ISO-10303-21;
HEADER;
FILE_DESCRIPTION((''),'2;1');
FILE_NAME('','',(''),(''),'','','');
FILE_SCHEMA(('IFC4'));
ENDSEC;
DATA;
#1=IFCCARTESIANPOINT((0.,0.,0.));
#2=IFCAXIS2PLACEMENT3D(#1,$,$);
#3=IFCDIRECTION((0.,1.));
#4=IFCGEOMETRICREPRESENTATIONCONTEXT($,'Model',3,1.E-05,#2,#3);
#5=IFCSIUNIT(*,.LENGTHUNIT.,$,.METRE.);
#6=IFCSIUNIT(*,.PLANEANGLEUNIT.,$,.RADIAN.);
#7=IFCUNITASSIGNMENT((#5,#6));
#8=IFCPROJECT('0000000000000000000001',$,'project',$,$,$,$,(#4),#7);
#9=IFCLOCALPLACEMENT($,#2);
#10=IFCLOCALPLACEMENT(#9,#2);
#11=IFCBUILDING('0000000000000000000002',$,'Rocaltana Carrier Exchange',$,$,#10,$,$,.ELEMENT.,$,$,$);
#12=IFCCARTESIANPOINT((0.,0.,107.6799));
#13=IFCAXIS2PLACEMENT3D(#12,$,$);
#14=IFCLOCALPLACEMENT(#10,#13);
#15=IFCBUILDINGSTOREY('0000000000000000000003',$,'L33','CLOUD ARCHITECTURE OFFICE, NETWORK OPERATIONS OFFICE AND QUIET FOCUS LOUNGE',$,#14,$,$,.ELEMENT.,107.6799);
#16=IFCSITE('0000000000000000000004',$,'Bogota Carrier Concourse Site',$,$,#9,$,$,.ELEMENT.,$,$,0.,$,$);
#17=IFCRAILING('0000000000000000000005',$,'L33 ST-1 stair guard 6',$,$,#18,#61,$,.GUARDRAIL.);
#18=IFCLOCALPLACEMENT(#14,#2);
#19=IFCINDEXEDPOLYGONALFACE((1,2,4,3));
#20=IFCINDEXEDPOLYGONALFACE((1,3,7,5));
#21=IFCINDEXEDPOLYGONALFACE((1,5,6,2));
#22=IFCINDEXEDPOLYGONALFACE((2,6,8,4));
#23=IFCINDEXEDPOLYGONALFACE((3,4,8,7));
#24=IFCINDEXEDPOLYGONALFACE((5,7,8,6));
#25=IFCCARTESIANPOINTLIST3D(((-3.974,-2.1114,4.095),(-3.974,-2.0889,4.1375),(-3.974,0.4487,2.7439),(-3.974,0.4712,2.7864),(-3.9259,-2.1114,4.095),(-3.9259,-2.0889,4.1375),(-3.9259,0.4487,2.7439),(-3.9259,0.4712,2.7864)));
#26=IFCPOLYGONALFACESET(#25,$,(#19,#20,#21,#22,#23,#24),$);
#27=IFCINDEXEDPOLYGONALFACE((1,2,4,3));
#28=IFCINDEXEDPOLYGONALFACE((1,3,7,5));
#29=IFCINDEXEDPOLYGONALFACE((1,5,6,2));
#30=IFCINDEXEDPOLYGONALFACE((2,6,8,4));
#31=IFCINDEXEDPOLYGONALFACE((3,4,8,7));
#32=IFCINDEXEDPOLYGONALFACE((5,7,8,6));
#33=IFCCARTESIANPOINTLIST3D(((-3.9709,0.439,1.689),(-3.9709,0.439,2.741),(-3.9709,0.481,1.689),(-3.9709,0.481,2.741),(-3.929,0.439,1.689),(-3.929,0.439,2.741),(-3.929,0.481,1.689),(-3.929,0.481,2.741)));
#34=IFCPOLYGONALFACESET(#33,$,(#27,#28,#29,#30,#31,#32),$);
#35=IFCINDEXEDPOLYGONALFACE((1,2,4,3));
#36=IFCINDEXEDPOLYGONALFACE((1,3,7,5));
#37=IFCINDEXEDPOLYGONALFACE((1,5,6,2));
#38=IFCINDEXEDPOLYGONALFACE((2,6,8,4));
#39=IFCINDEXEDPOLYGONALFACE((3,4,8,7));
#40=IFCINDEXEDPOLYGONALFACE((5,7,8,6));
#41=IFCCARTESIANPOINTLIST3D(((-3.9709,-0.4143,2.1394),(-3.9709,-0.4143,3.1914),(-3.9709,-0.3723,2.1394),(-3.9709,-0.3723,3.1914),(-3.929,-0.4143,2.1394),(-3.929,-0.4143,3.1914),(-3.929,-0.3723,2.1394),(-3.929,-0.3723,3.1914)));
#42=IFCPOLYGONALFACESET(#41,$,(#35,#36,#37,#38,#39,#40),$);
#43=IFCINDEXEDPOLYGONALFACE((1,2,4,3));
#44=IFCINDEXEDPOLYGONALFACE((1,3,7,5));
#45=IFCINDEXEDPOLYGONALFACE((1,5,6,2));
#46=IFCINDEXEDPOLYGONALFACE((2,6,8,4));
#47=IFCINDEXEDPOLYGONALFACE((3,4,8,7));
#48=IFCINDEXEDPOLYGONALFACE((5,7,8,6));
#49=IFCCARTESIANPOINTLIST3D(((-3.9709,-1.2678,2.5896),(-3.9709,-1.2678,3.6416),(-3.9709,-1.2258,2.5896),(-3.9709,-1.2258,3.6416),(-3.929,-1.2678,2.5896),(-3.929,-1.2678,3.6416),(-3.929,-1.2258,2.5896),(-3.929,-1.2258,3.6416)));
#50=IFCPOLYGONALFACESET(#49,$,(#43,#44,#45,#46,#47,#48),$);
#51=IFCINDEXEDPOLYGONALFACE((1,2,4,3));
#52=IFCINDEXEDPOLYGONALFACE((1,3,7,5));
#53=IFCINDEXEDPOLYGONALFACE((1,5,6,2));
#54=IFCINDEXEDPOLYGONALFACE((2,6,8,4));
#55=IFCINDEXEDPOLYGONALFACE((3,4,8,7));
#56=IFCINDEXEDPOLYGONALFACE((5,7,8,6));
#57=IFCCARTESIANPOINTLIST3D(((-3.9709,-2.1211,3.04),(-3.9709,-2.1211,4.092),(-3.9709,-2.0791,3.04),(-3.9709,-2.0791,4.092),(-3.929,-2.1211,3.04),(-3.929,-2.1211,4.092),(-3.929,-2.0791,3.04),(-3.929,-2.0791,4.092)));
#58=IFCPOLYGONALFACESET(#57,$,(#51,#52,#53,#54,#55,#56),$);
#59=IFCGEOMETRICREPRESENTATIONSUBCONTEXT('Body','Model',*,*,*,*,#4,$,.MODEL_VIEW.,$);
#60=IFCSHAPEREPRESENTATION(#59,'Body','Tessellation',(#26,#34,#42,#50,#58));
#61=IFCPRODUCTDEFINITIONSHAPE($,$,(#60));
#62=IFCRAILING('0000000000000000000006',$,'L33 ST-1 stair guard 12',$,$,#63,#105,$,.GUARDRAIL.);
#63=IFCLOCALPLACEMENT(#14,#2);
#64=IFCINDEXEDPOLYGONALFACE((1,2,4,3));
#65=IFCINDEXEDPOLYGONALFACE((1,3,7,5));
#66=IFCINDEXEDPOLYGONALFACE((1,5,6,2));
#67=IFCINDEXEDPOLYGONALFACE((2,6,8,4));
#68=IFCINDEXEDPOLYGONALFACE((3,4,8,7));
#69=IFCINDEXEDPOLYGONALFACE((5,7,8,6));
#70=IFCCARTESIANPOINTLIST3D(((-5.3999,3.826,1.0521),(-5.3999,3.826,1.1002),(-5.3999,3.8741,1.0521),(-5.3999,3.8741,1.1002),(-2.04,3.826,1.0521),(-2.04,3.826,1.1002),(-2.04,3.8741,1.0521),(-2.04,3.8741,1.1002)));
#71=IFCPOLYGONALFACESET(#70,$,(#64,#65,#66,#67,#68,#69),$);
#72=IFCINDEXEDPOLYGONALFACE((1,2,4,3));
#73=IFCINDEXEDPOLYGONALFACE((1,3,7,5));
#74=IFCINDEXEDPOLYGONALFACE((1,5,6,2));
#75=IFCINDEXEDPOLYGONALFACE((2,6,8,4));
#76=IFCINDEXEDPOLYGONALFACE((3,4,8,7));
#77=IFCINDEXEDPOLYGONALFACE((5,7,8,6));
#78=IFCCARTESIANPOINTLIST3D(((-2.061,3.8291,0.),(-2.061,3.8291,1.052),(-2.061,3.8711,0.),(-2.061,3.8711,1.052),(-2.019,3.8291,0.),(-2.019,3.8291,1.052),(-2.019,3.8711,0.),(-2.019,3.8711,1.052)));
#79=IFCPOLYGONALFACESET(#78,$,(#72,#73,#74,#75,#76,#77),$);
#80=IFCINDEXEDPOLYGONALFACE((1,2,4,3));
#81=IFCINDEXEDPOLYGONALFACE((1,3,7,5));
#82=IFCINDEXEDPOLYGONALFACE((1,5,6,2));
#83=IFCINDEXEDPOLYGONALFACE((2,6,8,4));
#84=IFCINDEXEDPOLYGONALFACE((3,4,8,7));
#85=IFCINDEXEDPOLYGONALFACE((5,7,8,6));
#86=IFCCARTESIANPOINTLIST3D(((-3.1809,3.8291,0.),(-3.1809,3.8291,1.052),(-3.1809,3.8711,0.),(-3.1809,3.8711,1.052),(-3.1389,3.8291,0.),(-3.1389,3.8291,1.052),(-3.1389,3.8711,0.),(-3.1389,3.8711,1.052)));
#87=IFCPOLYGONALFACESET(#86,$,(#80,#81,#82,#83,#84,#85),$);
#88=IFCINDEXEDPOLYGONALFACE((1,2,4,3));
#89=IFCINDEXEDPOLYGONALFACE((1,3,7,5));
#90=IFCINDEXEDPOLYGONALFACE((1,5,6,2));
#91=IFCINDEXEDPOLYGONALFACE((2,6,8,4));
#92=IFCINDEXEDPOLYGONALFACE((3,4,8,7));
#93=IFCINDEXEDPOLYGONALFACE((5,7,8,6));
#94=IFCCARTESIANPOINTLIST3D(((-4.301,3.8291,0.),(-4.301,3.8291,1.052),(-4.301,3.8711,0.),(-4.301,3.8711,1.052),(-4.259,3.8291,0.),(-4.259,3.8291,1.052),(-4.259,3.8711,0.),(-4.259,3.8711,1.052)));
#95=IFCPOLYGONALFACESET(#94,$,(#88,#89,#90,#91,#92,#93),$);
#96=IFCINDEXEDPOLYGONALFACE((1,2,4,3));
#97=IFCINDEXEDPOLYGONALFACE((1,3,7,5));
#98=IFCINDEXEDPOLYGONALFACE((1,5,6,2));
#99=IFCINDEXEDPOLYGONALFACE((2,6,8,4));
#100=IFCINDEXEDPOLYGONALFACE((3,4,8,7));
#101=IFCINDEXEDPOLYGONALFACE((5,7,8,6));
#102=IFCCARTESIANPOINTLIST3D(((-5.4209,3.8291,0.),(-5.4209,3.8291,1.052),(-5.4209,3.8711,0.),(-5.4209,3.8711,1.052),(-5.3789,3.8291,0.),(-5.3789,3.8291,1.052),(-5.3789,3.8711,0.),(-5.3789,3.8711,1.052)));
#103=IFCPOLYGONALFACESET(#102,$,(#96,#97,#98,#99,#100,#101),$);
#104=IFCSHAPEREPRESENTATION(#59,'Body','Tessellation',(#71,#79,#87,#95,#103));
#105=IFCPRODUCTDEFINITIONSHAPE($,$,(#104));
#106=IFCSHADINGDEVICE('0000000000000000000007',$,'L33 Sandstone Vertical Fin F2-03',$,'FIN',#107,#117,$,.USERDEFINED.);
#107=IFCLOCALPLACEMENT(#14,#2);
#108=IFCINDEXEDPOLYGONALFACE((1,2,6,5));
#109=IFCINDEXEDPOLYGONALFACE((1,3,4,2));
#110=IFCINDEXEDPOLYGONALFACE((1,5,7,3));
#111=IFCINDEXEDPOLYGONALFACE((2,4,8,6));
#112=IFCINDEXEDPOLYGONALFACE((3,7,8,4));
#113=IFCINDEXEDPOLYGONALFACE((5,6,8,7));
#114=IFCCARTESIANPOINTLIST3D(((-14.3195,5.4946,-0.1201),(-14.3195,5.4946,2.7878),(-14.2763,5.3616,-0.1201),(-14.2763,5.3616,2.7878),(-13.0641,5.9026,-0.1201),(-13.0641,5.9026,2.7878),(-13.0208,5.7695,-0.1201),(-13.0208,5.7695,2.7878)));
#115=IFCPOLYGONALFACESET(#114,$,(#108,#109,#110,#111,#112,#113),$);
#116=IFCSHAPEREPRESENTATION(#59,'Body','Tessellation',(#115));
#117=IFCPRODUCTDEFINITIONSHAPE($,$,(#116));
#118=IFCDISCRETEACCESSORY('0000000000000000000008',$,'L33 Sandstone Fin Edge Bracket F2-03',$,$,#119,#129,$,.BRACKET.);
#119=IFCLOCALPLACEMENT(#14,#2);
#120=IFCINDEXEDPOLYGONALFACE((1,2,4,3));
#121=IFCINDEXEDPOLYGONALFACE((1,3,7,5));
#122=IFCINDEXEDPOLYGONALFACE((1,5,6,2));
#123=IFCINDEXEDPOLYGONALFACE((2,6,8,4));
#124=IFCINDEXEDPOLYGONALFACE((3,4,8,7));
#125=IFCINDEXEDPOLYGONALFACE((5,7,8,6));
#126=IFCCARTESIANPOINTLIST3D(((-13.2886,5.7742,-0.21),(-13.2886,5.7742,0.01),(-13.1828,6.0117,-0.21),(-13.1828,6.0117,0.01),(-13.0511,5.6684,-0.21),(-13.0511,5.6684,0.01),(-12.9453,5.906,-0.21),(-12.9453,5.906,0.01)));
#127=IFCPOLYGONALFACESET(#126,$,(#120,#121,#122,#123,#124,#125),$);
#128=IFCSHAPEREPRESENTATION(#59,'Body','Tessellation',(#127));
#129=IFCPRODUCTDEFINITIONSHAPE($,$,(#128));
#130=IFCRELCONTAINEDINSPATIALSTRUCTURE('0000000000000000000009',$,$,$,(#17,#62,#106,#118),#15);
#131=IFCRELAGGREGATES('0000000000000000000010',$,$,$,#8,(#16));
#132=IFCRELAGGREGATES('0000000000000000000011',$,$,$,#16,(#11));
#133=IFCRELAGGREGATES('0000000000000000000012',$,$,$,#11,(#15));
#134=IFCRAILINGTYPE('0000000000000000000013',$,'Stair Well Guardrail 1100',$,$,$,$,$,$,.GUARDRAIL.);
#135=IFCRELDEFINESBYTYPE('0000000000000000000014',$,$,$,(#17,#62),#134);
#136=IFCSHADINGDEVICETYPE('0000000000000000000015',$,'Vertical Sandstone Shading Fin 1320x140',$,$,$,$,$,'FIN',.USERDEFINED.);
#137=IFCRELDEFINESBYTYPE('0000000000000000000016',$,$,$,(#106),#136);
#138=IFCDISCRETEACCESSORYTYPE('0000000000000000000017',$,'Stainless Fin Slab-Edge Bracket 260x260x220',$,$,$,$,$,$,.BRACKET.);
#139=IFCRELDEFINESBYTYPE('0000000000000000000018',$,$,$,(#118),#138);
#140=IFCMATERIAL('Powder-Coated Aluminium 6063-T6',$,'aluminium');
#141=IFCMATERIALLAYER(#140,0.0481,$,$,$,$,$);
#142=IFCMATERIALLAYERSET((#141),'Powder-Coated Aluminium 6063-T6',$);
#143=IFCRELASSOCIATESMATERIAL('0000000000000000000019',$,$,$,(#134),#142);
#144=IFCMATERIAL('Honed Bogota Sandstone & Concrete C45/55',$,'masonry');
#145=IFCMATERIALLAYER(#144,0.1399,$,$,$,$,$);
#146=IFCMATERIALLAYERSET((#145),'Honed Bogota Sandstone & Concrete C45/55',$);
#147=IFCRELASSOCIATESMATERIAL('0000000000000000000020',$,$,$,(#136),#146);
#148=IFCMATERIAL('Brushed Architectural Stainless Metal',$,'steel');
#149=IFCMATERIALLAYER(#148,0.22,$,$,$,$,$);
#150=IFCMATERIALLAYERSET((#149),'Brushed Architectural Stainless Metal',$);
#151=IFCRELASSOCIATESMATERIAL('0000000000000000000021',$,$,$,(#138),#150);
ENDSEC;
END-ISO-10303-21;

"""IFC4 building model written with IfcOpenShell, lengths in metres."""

from ifc_helpers import new_model, si_unit, direction, frame, origin, origin_2d, place, context, subcontext, project, spatial, rectangle, extrude, material, layer, layer_set, type_object, element, save


model = new_model("IFC4")

# Units and contexts
model_context = context("Model", 3, precision=1e-05, world=origin(), true_north=direction((0.0, 1.0)))
body_context = subcontext(model_context, "Body", "Model", "MODEL_VIEW")
ifc_project = project(units=[si_unit("LENGTHUNIT", "METRE"), si_unit("PLANEANGLEUNIT", "RADIAN")], contexts=[model_context])

# Site, building, storey
site_placement = place(None, origin())
site = spatial("IfcSite", under=ifc_project, at=site_placement, Name="Bogota Carrier Concourse Site", CompositionType="ELEMENT", RefElevation=0.0)
building_placement = place(site_placement, origin())
building = spatial("IfcBuilding", under=site, at=building_placement, Name="Rocaltana Carrier Exchange", CompositionType="ELEMENT")
storey_placement = place(building_placement, frame((0.0, 0.0, 107.6799)))
storey = spatial("IfcBuildingStorey", under=building, at=storey_placement, Name="L33", Description="CLOUD ARCHITECTURE OFFICE, NETWORK OPERATIONS OFFICE AND QUIET FOCUS LOUNGE", CompositionType="ELEMENT", Elevation=107.6799)

# Railings
ifc_material_1 = material(Name="Powder-Coated Aluminium 6063-T6", Category="aluminium")
ifc_layer_1 = layer(ifc_material_1, 0.0481)
ifc_layer_set_1 = layer_set([ifc_layer_1], Name="Powder-Coated Aluminium 6063-T6")
railing_type_1 = type_object("IfcRailingType", Name="Stair Well Guardrail 1100", PredefinedType="GUARDRAIL", material=ifc_layer_set_1)
railing_1_placement = place(storey_placement, frame((-3.95, 0.46, 1.689)))
element("IfcRailing", 1, at=railing_1_placement, inside=storey, type_object=railing_type_1, Name="L33 ST-1 stair guard 6", PredefinedType="GUARDRAIL", context=body_context, shape_type="SweptSolid", body=[
    extrude(rectangle(XDim=0.0481, YDim=0.0481, at=origin_2d()), frame((0.0, 0.0, 1.0762), z_axis=(0.0, -0.884394, 0.46674), x_axis=(1.0, 0.0, 0.0)), (0.0, 0.0, 1.0), 2.8948),
    extrude(rectangle(XDim=0.042, YDim=0.042, at=origin_2d()), origin(), (0.0, 0.0, 1.0), 1.052),
    extrude(rectangle(XDim=0.042, YDim=0.042, at=origin_2d()), frame((0.0, -0.8533, 0.4504)), (0.0, 0.0, 1.0), 1.052),
    extrude(rectangle(XDim=0.042, YDim=0.042, at=origin_2d()), frame((0.0, -1.7068, 0.9006)), (0.0, 0.0, 1.0), 1.052),
    extrude(rectangle(XDim=0.042, YDim=0.042, at=origin_2d()), frame((0.0, -2.5601, 1.3511)), (0.0, 0.0, 1.0), 1.052),
])
railing_2_placement = place(storey_placement, frame((-2.04, 3.8501, 0.0)))
element("IfcRailing", 2, at=railing_2_placement, inside=storey, type_object=railing_type_1, Name="L33 ST-1 stair guard 12", PredefinedType="GUARDRAIL", context=body_context, shape_type="SweptSolid", body=[
    extrude(rectangle(XDim=0.0481, YDim=0.0481, at=origin_2d()), frame((0.0, 0.0, 1.0762), z_axis=(-1.0, 0.0, 0.0), x_axis=(0.0, -1.0, 0.0)), (0.0, 0.0, 1.0), 3.3599),
    extrude(rectangle(XDim=0.042, YDim=0.042, at=origin_2d()), origin(), (0.0, 0.0, 1.0), 1.052),
    extrude(rectangle(XDim=0.042, YDim=0.042, at=origin_2d()), frame((-1.1199, 0.0, 0.0)), (0.0, 0.0, 1.0), 1.052),
    extrude(rectangle(XDim=0.042, YDim=0.042, at=origin_2d()), frame((-2.24, 0.0, 0.0)), (0.0, 0.0, 1.0), 1.052),
    extrude(rectangle(XDim=0.042, YDim=0.042, at=origin_2d()), frame((-3.3599, 0.0, 0.0)), (0.0, 0.0, 1.0), 1.052),
])

# Shading device
ifc_material_2 = material(Name="Honed Bogota Sandstone & Concrete C45/55", Category="masonry")
ifc_layer_2 = layer(ifc_material_2, 0.1399)
ifc_layer_set_2 = layer_set([ifc_layer_2], Name="Honed Bogota Sandstone & Concrete C45/55")
shading_device_type = type_object("IfcShadingDeviceType", Name="Vertical Sandstone Shading Fin 1320x140", ElementType="FIN", PredefinedType="USERDEFINED", material=ifc_layer_set_2)
shading_device_placement = place(storey_placement, frame((-13.6702, 5.6321, -0.1201), z_axis=(0.0, 0.0, 1.0), x_axis=(-0.951057, -0.309017, 0.0)))
element("IfcShadingDevice", 3, at=shading_device_placement, inside=storey, type_object=shading_device_type, Name="L33 Sandstone Vertical Fin F2-03", ObjectType="FIN", PredefinedType="USERDEFINED", context=body_context, shape_type="SweptSolid", body=[
    extrude(rectangle(XDim=1.3201, YDim=0.1399, at=origin_2d()), origin(), (0.0, 0.0, 1.0), 2.908),
])

# Discrete accessory
ifc_material_3 = material(Name="Brushed Architectural Stainless Metal", Category="steel")
ifc_layer_3 = layer(ifc_material_3, 0.22)
ifc_layer_set_3 = layer_set([ifc_layer_3], Name="Brushed Architectural Stainless Metal")
discrete_accessory_type = type_object("IfcDiscreteAccessoryType", Name="Stainless Fin Slab-Edge Bracket 260x260x220", PredefinedType="BRACKET", material=ifc_layer_set_3)
discrete_accessory_placement = place(storey_placement, frame((-13.1169, 5.8401, -0.21), z_axis=(0.0, 0.0, 1.0), x_axis=(-0.406737, -0.913545, 0.0)))
element("IfcDiscreteAccessory", 4, at=discrete_accessory_placement, inside=storey, type_object=discrete_accessory_type, Name="L33 Sandstone Fin Edge Bracket F2-03", PredefinedType="BRACKET", context=body_context, shape_type="SweptSolid", body=[
    extrude(rectangle(XDim=0.26, YDim=0.26, at=origin_2d()), origin(), (0.0, 0.0, 1.0), 0.22),
])

save(model, "model.ifc")
